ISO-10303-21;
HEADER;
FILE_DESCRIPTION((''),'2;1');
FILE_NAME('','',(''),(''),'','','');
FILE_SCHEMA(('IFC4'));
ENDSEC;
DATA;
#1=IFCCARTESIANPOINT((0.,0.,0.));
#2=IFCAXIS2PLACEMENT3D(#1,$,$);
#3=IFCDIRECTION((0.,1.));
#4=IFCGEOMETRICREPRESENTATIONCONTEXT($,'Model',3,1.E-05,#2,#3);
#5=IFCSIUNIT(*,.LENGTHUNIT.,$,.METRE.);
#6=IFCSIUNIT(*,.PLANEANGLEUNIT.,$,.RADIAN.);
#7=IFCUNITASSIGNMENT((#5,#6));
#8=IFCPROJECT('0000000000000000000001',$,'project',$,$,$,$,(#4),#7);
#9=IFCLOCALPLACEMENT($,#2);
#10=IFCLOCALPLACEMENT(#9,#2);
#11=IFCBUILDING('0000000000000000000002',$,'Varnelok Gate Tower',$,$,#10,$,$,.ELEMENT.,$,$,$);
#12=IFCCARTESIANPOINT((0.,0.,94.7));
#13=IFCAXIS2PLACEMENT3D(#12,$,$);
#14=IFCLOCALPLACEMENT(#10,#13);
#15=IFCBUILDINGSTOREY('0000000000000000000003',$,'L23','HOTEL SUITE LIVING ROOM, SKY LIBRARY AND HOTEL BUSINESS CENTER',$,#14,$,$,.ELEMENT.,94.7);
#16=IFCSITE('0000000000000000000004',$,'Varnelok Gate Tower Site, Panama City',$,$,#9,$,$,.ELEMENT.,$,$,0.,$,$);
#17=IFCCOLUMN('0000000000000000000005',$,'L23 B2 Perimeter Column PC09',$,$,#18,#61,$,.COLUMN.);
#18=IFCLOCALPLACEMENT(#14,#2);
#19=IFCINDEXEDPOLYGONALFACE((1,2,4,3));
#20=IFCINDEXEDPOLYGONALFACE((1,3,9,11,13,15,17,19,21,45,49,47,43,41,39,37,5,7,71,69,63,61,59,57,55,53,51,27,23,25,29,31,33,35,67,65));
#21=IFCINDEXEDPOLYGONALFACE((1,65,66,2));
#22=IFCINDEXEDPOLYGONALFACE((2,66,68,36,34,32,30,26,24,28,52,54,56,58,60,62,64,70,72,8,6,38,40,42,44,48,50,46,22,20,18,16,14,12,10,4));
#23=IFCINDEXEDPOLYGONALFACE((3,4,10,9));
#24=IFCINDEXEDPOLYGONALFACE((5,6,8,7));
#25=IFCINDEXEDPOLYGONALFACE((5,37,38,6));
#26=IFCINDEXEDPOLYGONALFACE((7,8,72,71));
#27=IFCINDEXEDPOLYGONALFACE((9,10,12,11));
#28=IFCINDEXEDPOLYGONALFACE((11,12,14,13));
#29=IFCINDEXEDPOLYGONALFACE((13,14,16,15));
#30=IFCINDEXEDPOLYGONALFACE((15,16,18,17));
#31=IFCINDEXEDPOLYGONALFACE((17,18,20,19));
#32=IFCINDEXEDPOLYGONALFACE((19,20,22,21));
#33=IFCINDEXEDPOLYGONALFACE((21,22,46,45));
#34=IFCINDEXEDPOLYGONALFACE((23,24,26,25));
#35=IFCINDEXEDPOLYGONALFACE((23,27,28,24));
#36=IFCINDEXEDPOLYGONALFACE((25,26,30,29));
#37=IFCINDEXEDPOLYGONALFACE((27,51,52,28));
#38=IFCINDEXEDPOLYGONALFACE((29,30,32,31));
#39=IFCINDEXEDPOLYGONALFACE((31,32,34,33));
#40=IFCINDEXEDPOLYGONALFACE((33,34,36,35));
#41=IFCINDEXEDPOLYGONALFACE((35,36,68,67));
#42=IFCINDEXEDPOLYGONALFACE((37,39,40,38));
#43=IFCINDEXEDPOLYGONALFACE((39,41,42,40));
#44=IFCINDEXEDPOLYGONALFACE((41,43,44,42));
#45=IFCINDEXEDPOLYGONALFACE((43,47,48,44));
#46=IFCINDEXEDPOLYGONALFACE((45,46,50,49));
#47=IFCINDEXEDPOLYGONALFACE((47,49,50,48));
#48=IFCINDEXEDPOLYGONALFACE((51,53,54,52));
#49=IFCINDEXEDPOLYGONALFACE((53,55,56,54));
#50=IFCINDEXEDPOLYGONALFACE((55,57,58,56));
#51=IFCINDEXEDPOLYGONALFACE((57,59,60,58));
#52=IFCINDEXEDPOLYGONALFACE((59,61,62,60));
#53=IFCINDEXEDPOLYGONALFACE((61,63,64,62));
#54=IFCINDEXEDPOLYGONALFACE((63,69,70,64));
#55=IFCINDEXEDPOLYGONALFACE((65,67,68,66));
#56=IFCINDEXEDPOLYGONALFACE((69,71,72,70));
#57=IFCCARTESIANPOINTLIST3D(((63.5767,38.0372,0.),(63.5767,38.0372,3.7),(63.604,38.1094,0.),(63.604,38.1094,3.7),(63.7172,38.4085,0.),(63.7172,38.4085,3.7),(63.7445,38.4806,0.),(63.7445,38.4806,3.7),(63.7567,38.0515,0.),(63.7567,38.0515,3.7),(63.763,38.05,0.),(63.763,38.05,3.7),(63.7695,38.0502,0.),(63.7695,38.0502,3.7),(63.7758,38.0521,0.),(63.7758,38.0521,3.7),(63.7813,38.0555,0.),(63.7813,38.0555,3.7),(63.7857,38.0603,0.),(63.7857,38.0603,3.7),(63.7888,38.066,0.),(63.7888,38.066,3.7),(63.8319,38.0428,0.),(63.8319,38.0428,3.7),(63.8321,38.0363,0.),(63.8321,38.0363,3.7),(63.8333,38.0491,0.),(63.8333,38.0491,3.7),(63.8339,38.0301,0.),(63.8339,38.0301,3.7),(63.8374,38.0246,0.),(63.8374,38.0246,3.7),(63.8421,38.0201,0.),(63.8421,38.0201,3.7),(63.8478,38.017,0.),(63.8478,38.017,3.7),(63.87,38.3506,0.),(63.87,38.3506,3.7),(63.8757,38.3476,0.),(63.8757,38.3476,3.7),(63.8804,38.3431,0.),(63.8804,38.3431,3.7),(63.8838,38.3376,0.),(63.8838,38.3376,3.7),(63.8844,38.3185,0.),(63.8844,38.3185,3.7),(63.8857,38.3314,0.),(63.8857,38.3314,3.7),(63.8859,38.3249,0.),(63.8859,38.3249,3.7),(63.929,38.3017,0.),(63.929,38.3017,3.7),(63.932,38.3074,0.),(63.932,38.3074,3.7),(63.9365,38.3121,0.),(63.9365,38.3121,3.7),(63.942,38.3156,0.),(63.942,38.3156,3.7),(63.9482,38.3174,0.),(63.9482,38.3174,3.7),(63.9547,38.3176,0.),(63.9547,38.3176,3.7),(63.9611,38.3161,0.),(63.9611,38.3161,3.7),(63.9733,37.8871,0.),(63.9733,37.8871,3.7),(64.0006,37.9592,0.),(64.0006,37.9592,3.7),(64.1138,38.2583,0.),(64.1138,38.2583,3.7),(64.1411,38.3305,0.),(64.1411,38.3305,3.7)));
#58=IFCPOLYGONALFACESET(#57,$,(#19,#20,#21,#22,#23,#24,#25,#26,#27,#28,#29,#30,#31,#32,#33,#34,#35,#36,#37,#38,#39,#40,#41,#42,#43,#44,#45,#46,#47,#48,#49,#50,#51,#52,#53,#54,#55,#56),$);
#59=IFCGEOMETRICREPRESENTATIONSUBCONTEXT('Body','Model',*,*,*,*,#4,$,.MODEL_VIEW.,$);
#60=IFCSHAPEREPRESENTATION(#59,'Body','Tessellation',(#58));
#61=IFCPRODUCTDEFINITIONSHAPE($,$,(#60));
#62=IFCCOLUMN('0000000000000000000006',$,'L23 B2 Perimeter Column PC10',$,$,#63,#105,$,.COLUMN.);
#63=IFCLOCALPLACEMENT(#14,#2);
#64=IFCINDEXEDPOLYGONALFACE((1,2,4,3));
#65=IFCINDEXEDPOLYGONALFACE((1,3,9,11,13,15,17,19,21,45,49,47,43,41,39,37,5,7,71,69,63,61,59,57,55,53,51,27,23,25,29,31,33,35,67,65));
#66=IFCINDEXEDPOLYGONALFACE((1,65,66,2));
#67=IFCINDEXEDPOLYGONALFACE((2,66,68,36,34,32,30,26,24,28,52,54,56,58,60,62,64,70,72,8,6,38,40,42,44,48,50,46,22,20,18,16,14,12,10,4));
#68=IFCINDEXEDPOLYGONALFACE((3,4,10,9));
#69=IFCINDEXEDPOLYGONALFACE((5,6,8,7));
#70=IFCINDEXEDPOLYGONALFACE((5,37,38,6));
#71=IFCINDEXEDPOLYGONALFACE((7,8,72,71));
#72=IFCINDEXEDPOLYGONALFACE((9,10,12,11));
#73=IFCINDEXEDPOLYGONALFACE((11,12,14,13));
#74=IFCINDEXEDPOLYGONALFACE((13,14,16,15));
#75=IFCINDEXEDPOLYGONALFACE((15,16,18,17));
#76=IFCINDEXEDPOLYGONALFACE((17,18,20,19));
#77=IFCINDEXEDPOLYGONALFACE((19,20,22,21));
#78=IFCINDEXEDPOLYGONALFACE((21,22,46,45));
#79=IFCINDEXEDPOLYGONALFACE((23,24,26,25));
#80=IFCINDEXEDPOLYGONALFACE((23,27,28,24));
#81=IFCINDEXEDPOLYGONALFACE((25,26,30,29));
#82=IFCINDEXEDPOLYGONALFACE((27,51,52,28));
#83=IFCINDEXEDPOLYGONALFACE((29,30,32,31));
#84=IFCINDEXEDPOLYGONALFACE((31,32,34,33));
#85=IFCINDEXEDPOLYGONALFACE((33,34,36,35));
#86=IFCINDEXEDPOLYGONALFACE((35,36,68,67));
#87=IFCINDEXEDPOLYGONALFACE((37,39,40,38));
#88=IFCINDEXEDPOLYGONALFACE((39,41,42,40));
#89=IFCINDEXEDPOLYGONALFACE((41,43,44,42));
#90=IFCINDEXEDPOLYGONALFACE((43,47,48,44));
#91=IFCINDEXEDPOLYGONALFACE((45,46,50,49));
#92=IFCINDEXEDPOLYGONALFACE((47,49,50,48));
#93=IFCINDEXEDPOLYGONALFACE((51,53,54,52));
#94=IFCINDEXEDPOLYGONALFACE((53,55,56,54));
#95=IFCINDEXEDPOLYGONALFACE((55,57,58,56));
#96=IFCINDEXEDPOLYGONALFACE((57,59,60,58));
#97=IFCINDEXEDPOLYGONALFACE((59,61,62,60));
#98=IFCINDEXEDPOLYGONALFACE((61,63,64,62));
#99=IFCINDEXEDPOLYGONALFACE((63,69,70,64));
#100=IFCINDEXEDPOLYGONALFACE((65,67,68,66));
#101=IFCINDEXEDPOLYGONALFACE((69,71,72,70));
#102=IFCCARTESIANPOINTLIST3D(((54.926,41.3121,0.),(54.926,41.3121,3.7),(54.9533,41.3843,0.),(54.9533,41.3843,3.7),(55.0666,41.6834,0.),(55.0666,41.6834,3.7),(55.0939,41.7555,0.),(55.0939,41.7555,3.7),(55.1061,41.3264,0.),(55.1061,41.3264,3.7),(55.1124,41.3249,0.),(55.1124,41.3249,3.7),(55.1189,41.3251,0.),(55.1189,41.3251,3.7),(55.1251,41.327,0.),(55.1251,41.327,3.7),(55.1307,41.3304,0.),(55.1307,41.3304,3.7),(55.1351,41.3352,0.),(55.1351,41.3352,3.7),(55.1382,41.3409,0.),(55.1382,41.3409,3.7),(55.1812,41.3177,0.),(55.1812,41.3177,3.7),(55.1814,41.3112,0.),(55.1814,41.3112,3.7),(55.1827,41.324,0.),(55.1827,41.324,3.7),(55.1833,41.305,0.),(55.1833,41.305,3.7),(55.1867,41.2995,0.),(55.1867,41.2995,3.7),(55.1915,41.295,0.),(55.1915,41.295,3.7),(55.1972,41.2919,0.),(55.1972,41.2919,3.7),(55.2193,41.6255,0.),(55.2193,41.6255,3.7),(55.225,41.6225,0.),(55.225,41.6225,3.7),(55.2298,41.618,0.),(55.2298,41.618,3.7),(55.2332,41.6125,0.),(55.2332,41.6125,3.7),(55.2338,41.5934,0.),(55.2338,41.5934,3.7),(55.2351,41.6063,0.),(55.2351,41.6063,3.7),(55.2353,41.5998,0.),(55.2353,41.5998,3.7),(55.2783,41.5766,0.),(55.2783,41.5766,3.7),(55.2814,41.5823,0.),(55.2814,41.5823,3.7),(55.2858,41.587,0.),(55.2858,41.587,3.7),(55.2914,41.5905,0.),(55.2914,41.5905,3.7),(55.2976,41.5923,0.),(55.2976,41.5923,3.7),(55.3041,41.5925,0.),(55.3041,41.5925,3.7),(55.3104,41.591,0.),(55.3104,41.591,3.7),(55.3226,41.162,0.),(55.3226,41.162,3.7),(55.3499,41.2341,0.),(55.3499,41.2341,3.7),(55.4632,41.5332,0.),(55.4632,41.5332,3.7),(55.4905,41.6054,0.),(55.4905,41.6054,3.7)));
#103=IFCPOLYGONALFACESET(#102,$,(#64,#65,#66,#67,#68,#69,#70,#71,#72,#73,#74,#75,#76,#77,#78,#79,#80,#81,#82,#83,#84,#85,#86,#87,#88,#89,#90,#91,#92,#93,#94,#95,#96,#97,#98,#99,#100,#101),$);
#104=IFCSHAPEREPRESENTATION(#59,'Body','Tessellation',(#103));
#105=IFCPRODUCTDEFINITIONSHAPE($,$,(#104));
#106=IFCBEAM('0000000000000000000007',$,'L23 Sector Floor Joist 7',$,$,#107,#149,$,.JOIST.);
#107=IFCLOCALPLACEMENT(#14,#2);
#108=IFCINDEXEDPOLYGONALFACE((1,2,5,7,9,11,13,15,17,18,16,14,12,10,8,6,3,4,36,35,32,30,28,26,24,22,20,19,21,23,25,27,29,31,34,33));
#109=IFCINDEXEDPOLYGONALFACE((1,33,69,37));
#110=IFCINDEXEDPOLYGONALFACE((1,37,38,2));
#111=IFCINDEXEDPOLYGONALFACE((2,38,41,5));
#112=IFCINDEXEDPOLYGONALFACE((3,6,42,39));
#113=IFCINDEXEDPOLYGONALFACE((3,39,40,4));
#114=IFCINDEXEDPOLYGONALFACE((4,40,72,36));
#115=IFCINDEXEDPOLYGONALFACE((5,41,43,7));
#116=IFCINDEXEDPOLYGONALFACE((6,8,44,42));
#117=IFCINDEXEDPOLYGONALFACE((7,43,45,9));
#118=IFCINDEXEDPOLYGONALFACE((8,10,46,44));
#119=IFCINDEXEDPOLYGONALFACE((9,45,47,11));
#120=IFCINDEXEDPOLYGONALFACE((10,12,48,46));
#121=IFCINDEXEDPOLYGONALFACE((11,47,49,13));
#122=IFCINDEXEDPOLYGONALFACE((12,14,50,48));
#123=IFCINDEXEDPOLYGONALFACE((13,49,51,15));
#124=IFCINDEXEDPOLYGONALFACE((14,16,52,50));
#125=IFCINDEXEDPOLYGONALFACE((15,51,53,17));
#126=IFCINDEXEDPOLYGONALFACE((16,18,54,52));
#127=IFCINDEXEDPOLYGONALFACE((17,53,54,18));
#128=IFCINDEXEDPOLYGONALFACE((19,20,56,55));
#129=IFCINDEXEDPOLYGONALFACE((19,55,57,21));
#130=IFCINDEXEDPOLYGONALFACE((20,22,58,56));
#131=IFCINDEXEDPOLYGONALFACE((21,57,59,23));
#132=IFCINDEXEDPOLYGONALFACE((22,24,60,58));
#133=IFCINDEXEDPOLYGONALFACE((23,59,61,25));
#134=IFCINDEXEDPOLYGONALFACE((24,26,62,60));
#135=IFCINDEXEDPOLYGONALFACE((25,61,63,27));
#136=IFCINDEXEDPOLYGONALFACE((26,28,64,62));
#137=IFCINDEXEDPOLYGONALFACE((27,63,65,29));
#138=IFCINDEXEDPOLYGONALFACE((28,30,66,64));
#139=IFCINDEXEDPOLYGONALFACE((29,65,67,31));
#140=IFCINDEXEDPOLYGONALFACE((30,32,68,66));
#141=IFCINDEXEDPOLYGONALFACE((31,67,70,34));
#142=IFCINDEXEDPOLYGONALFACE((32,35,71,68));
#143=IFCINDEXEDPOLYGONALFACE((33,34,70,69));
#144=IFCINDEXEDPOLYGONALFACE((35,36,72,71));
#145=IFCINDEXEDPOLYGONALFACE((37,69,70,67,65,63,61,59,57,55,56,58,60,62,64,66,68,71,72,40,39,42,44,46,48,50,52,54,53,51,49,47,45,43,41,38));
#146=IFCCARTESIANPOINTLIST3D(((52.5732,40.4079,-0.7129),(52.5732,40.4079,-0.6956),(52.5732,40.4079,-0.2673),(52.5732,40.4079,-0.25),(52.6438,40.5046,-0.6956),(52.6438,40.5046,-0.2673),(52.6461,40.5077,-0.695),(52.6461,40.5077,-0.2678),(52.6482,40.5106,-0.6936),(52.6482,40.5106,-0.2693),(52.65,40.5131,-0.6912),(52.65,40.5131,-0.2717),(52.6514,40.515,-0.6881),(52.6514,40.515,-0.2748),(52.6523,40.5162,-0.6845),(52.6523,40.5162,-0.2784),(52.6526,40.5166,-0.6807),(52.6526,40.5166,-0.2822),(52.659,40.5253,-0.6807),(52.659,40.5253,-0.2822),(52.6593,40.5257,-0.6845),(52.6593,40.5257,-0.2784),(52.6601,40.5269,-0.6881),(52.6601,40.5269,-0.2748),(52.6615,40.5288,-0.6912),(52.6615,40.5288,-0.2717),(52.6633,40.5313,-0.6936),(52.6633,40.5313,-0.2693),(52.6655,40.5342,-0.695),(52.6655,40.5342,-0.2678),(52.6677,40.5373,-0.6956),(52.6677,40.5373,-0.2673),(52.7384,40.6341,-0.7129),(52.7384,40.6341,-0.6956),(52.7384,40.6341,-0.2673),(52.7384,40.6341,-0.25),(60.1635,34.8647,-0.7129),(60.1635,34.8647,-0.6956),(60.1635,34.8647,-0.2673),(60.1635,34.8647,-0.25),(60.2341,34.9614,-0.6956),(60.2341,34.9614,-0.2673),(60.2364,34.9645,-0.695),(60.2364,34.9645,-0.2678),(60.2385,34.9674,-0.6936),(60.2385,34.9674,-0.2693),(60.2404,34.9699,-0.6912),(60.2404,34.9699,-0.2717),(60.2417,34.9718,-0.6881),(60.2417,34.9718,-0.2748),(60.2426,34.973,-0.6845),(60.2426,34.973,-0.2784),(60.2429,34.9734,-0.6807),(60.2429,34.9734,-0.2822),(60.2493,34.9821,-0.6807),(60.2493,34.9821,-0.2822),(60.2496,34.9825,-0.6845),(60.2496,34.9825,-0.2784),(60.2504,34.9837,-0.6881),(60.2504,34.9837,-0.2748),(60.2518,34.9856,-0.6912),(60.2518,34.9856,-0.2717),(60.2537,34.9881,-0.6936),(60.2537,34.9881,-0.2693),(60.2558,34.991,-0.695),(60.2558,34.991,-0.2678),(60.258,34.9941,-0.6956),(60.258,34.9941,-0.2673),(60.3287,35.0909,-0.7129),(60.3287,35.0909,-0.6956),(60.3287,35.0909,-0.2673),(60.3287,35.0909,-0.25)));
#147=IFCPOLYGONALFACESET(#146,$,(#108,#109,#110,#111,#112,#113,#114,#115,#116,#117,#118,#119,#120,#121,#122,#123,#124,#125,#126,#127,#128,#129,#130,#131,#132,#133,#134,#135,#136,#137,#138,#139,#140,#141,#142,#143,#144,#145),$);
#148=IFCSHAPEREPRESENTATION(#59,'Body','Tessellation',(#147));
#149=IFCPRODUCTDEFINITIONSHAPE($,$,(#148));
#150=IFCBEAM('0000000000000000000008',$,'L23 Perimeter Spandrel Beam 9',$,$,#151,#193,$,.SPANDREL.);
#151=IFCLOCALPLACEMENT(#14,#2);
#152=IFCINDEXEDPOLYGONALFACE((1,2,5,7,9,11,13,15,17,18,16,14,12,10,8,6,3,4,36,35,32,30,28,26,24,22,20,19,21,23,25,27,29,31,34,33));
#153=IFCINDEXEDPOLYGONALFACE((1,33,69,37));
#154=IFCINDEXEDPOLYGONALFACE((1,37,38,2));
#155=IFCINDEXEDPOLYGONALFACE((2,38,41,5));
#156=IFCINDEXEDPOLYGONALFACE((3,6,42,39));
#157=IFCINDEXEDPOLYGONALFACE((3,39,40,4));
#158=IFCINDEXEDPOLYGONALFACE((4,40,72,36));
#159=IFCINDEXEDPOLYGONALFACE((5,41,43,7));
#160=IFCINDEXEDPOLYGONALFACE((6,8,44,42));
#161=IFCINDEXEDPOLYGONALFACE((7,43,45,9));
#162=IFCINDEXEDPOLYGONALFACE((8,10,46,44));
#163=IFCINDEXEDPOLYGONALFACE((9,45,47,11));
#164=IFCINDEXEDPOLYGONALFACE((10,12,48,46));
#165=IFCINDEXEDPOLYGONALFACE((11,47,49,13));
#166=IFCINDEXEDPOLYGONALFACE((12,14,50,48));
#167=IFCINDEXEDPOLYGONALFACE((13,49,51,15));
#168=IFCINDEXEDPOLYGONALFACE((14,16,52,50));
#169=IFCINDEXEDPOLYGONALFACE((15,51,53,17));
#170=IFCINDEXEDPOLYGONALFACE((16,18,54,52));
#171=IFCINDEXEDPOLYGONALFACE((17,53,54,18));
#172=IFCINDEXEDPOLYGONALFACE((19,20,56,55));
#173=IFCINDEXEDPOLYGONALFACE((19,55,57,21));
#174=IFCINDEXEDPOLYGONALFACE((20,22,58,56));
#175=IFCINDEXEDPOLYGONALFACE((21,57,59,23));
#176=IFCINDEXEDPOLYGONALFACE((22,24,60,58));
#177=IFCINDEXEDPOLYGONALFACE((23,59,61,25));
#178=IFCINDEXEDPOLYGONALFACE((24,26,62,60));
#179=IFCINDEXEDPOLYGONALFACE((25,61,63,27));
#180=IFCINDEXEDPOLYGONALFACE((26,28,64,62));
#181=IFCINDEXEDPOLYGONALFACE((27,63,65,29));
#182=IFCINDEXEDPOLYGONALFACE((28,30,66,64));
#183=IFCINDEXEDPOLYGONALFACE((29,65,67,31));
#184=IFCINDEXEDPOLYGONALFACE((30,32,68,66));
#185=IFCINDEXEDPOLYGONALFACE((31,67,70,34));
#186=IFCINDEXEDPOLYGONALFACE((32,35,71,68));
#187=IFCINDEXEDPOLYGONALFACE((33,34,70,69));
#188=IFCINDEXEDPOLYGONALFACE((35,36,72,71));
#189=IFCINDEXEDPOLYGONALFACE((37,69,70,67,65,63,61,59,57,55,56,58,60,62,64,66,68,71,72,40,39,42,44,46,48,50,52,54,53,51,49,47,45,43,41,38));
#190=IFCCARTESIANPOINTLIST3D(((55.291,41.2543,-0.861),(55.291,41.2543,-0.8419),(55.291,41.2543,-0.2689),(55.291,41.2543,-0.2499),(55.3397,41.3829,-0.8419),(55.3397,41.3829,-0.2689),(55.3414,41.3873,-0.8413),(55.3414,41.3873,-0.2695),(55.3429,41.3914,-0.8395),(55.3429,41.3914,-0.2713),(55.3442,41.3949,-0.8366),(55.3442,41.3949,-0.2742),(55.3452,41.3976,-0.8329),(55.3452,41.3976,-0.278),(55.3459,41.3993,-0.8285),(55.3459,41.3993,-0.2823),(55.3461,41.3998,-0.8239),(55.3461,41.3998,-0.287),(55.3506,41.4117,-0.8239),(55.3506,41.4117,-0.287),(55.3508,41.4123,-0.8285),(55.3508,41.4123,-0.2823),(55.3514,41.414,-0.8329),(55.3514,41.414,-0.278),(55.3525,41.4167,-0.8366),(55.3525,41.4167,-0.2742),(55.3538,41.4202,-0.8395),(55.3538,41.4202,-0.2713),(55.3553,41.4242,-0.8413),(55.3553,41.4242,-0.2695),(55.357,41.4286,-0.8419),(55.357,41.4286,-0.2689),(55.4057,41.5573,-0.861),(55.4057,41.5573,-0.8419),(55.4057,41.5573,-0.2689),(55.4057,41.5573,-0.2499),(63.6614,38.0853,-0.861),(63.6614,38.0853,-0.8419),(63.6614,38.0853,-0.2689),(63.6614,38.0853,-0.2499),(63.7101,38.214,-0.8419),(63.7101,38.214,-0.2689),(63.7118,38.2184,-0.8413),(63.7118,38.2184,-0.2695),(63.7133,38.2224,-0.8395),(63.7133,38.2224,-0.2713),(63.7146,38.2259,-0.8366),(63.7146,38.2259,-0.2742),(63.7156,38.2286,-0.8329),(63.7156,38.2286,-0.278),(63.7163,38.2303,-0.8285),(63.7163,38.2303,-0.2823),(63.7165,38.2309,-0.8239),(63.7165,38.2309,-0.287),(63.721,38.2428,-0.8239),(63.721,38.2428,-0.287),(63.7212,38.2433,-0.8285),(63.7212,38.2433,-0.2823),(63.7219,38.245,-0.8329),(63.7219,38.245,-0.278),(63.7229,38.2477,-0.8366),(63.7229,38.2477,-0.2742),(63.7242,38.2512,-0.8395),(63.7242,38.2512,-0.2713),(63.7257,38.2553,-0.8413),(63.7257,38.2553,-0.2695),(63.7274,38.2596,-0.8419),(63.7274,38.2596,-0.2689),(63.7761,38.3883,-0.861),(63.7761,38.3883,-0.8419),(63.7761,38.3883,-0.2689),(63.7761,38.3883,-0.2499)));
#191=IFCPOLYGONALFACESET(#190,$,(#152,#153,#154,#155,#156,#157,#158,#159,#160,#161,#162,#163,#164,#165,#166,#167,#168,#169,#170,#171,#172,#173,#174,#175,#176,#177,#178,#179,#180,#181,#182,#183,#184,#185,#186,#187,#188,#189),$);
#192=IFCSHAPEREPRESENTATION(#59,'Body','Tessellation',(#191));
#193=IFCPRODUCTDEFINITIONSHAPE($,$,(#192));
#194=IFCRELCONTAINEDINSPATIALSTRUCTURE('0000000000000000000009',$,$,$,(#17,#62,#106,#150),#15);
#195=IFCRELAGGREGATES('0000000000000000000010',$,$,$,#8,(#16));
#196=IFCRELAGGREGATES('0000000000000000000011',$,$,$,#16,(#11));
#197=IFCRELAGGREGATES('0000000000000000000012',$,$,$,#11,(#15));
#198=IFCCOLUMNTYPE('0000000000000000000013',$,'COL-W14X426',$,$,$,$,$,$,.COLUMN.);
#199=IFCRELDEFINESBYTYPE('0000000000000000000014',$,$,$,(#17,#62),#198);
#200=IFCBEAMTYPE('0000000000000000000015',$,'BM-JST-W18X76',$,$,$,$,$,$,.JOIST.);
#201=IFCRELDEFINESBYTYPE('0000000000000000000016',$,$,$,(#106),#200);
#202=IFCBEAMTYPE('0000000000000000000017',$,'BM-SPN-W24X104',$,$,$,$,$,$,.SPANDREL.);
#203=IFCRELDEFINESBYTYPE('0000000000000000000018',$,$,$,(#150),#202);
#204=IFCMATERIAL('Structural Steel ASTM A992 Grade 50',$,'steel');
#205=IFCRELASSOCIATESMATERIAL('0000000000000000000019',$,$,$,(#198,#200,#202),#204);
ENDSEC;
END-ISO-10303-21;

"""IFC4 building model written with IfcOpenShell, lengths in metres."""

from ifc_helpers import new_model, si_unit, direction, frame, origin, origin_2d, place, context, subcontext, project, spatial, i_section, extrude, material, material_profile, profile_set, type_object, element, save


model = new_model("IFC4")

# Units and contexts
model_context = context("Model", 3, precision=1e-05, world=origin(), true_north=direction((0.0, 1.0)))
body_context = subcontext(model_context, "Body", "Model", "MODEL_VIEW")
ifc_project = project(units=[si_unit("LENGTHUNIT", "METRE"), si_unit("PLANEANGLEUNIT", "RADIAN")], contexts=[model_context])

# Site, building, storey
site_placement = place(None, origin())
site = spatial("IfcSite", under=ifc_project, at=site_placement, Name="Varnelok Gate Tower Site, Panama City", CompositionType="ELEMENT", RefElevation=0.0)
building_placement = place(site_placement, origin())
building = spatial("IfcBuilding", under=site, at=building_placement, Name="Varnelok Gate Tower", CompositionType="ELEMENT")
storey_placement = place(building_placement, frame((0.0, 0.0, 94.7)))
storey = spatial("IfcBuildingStorey", under=building, at=storey_placement, Name="L23", Description="HOTEL SUITE LIVING ROOM, SKY LIBRARY AND HOTEL BUSINESS CENTER", CompositionType="ELEMENT", Elevation=94.7)

# Columns
ifc_material_1 = material(Name="Structural Steel ASTM A992 Grade 50", Category="steel")
ifc_material_profile_1 = material_profile(ifc_material_1, i_section(OverallWidth=0.4241, OverallDepth=0.4741, WebThickness=0.0476, FlangeThickness=0.0771, FilletRadius=0.0249, at=origin_2d()), Name="W14X426")
ifc_profile_set_1 = profile_set([ifc_material_profile_1], Name="Structural Steel ASTM A992 Grade 50")
column_type = type_object("IfcColumnType", Name="COL-W14X426", PredefinedType="COLUMN", material=ifc_profile_set_1)
for number, where, z_axis, x_axis, name in (
    (1, (63.8589, 38.1838, 0.0), (0.0, 0.0, 1.0), (0.935222, -0.354063, 0.0), "L23 B2 Perimeter Column PC09"),
    (2, (55.2083, 41.4587, 0.0), (0.0, 0.0, 1.0), (0.935222, -0.354063, 0.0), "L23 B2 Perimeter Column PC10"),
):
    element("IfcColumn", number, at=place(storey_placement, frame(where, z_axis=z_axis, x_axis=x_axis)), inside=storey, type_object=column_type, Name=name, PredefinedType="COLUMN", context=body_context, shape_type="SweptSolid", body=[
        extrude(i_section(OverallWidth=0.4241, OverallDepth=0.4741, WebThickness=0.0476, FlangeThickness=0.0771, FilletRadius=0.0249, at=origin_2d()), origin(), (0.0, 0.0, 1.0), 3.7),
    ])

# Beams
ifc_material_profile_2 = material_profile(ifc_material_1, i_section(OverallWidth=0.28, OverallDepth=0.4629, WebThickness=0.0107, FlangeThickness=0.0173, FilletRadius=0.0149, at=origin_2d()), Name="W18X76")
ifc_profile_set_2 = profile_set([ifc_material_profile_2], Name="Structural Steel ASTM A992 Grade 50")
beam_type_1 = type_object("IfcBeamType", Name="BM-JST-W18X76", PredefinedType="JOIST", material=ifc_profile_set_2)
beam_1_placement = place(storey_placement, frame((60.2461, 34.9778, -0.4814), z_axis=(-0.807572, 0.589769, 0.0), x_axis=(-0.589769, -0.807572, 0.0)))
element("IfcBeam", 3, at=beam_1_placement, inside=storey, type_object=beam_type_1, Name="L23 Sector Floor Joist 7", PredefinedType="JOIST", context=body_context, shape_type="SweptSolid", body=[
    extrude(i_section(OverallWidth=0.28, OverallDepth=0.4629, WebThickness=0.0107, FlangeThickness=0.0173, FilletRadius=0.0149, at=origin_2d()), origin(), (0.0, 0.0, 1.0), 9.3989),
])
ifc_material_profile_3 = material_profile(ifc_material_1, i_section(OverallWidth=0.324, OverallDepth=0.6111, WebThickness=0.0127, FlangeThickness=0.019, FilletRadius=0.0181, at=origin_2d()), Name="W24X104")
ifc_profile_set_3 = profile_set([ifc_material_profile_3], Name="Structural Steel ASTM A992 Grade 50")
beam_type_2 = type_object("IfcBeamType", Name="BM-SPN-W24X104", PredefinedType="SPANDREL", material=ifc_profile_set_3)
beam_2_placement = place(storey_placement, frame((63.7188, 38.2368, -0.5554), z_axis=(-0.93522, 0.354066, 0.0), x_axis=(-0.354066, -0.93522, 0.0)))
element("IfcBeam", 4, at=beam_2_placement, inside=storey, type_object=beam_type_2, Name="L23 Perimeter Spandrel Beam 9", PredefinedType="SPANDREL", context=body_context, shape_type="SweptSolid", body=[
    extrude(i_section(OverallWidth=0.324, OverallDepth=0.6111, WebThickness=0.0127, FlangeThickness=0.019, FilletRadius=0.0181, at=origin_2d()), origin(), (0.0, 0.0, 1.0), 8.9502),
])

save(model, "model.ifc")
